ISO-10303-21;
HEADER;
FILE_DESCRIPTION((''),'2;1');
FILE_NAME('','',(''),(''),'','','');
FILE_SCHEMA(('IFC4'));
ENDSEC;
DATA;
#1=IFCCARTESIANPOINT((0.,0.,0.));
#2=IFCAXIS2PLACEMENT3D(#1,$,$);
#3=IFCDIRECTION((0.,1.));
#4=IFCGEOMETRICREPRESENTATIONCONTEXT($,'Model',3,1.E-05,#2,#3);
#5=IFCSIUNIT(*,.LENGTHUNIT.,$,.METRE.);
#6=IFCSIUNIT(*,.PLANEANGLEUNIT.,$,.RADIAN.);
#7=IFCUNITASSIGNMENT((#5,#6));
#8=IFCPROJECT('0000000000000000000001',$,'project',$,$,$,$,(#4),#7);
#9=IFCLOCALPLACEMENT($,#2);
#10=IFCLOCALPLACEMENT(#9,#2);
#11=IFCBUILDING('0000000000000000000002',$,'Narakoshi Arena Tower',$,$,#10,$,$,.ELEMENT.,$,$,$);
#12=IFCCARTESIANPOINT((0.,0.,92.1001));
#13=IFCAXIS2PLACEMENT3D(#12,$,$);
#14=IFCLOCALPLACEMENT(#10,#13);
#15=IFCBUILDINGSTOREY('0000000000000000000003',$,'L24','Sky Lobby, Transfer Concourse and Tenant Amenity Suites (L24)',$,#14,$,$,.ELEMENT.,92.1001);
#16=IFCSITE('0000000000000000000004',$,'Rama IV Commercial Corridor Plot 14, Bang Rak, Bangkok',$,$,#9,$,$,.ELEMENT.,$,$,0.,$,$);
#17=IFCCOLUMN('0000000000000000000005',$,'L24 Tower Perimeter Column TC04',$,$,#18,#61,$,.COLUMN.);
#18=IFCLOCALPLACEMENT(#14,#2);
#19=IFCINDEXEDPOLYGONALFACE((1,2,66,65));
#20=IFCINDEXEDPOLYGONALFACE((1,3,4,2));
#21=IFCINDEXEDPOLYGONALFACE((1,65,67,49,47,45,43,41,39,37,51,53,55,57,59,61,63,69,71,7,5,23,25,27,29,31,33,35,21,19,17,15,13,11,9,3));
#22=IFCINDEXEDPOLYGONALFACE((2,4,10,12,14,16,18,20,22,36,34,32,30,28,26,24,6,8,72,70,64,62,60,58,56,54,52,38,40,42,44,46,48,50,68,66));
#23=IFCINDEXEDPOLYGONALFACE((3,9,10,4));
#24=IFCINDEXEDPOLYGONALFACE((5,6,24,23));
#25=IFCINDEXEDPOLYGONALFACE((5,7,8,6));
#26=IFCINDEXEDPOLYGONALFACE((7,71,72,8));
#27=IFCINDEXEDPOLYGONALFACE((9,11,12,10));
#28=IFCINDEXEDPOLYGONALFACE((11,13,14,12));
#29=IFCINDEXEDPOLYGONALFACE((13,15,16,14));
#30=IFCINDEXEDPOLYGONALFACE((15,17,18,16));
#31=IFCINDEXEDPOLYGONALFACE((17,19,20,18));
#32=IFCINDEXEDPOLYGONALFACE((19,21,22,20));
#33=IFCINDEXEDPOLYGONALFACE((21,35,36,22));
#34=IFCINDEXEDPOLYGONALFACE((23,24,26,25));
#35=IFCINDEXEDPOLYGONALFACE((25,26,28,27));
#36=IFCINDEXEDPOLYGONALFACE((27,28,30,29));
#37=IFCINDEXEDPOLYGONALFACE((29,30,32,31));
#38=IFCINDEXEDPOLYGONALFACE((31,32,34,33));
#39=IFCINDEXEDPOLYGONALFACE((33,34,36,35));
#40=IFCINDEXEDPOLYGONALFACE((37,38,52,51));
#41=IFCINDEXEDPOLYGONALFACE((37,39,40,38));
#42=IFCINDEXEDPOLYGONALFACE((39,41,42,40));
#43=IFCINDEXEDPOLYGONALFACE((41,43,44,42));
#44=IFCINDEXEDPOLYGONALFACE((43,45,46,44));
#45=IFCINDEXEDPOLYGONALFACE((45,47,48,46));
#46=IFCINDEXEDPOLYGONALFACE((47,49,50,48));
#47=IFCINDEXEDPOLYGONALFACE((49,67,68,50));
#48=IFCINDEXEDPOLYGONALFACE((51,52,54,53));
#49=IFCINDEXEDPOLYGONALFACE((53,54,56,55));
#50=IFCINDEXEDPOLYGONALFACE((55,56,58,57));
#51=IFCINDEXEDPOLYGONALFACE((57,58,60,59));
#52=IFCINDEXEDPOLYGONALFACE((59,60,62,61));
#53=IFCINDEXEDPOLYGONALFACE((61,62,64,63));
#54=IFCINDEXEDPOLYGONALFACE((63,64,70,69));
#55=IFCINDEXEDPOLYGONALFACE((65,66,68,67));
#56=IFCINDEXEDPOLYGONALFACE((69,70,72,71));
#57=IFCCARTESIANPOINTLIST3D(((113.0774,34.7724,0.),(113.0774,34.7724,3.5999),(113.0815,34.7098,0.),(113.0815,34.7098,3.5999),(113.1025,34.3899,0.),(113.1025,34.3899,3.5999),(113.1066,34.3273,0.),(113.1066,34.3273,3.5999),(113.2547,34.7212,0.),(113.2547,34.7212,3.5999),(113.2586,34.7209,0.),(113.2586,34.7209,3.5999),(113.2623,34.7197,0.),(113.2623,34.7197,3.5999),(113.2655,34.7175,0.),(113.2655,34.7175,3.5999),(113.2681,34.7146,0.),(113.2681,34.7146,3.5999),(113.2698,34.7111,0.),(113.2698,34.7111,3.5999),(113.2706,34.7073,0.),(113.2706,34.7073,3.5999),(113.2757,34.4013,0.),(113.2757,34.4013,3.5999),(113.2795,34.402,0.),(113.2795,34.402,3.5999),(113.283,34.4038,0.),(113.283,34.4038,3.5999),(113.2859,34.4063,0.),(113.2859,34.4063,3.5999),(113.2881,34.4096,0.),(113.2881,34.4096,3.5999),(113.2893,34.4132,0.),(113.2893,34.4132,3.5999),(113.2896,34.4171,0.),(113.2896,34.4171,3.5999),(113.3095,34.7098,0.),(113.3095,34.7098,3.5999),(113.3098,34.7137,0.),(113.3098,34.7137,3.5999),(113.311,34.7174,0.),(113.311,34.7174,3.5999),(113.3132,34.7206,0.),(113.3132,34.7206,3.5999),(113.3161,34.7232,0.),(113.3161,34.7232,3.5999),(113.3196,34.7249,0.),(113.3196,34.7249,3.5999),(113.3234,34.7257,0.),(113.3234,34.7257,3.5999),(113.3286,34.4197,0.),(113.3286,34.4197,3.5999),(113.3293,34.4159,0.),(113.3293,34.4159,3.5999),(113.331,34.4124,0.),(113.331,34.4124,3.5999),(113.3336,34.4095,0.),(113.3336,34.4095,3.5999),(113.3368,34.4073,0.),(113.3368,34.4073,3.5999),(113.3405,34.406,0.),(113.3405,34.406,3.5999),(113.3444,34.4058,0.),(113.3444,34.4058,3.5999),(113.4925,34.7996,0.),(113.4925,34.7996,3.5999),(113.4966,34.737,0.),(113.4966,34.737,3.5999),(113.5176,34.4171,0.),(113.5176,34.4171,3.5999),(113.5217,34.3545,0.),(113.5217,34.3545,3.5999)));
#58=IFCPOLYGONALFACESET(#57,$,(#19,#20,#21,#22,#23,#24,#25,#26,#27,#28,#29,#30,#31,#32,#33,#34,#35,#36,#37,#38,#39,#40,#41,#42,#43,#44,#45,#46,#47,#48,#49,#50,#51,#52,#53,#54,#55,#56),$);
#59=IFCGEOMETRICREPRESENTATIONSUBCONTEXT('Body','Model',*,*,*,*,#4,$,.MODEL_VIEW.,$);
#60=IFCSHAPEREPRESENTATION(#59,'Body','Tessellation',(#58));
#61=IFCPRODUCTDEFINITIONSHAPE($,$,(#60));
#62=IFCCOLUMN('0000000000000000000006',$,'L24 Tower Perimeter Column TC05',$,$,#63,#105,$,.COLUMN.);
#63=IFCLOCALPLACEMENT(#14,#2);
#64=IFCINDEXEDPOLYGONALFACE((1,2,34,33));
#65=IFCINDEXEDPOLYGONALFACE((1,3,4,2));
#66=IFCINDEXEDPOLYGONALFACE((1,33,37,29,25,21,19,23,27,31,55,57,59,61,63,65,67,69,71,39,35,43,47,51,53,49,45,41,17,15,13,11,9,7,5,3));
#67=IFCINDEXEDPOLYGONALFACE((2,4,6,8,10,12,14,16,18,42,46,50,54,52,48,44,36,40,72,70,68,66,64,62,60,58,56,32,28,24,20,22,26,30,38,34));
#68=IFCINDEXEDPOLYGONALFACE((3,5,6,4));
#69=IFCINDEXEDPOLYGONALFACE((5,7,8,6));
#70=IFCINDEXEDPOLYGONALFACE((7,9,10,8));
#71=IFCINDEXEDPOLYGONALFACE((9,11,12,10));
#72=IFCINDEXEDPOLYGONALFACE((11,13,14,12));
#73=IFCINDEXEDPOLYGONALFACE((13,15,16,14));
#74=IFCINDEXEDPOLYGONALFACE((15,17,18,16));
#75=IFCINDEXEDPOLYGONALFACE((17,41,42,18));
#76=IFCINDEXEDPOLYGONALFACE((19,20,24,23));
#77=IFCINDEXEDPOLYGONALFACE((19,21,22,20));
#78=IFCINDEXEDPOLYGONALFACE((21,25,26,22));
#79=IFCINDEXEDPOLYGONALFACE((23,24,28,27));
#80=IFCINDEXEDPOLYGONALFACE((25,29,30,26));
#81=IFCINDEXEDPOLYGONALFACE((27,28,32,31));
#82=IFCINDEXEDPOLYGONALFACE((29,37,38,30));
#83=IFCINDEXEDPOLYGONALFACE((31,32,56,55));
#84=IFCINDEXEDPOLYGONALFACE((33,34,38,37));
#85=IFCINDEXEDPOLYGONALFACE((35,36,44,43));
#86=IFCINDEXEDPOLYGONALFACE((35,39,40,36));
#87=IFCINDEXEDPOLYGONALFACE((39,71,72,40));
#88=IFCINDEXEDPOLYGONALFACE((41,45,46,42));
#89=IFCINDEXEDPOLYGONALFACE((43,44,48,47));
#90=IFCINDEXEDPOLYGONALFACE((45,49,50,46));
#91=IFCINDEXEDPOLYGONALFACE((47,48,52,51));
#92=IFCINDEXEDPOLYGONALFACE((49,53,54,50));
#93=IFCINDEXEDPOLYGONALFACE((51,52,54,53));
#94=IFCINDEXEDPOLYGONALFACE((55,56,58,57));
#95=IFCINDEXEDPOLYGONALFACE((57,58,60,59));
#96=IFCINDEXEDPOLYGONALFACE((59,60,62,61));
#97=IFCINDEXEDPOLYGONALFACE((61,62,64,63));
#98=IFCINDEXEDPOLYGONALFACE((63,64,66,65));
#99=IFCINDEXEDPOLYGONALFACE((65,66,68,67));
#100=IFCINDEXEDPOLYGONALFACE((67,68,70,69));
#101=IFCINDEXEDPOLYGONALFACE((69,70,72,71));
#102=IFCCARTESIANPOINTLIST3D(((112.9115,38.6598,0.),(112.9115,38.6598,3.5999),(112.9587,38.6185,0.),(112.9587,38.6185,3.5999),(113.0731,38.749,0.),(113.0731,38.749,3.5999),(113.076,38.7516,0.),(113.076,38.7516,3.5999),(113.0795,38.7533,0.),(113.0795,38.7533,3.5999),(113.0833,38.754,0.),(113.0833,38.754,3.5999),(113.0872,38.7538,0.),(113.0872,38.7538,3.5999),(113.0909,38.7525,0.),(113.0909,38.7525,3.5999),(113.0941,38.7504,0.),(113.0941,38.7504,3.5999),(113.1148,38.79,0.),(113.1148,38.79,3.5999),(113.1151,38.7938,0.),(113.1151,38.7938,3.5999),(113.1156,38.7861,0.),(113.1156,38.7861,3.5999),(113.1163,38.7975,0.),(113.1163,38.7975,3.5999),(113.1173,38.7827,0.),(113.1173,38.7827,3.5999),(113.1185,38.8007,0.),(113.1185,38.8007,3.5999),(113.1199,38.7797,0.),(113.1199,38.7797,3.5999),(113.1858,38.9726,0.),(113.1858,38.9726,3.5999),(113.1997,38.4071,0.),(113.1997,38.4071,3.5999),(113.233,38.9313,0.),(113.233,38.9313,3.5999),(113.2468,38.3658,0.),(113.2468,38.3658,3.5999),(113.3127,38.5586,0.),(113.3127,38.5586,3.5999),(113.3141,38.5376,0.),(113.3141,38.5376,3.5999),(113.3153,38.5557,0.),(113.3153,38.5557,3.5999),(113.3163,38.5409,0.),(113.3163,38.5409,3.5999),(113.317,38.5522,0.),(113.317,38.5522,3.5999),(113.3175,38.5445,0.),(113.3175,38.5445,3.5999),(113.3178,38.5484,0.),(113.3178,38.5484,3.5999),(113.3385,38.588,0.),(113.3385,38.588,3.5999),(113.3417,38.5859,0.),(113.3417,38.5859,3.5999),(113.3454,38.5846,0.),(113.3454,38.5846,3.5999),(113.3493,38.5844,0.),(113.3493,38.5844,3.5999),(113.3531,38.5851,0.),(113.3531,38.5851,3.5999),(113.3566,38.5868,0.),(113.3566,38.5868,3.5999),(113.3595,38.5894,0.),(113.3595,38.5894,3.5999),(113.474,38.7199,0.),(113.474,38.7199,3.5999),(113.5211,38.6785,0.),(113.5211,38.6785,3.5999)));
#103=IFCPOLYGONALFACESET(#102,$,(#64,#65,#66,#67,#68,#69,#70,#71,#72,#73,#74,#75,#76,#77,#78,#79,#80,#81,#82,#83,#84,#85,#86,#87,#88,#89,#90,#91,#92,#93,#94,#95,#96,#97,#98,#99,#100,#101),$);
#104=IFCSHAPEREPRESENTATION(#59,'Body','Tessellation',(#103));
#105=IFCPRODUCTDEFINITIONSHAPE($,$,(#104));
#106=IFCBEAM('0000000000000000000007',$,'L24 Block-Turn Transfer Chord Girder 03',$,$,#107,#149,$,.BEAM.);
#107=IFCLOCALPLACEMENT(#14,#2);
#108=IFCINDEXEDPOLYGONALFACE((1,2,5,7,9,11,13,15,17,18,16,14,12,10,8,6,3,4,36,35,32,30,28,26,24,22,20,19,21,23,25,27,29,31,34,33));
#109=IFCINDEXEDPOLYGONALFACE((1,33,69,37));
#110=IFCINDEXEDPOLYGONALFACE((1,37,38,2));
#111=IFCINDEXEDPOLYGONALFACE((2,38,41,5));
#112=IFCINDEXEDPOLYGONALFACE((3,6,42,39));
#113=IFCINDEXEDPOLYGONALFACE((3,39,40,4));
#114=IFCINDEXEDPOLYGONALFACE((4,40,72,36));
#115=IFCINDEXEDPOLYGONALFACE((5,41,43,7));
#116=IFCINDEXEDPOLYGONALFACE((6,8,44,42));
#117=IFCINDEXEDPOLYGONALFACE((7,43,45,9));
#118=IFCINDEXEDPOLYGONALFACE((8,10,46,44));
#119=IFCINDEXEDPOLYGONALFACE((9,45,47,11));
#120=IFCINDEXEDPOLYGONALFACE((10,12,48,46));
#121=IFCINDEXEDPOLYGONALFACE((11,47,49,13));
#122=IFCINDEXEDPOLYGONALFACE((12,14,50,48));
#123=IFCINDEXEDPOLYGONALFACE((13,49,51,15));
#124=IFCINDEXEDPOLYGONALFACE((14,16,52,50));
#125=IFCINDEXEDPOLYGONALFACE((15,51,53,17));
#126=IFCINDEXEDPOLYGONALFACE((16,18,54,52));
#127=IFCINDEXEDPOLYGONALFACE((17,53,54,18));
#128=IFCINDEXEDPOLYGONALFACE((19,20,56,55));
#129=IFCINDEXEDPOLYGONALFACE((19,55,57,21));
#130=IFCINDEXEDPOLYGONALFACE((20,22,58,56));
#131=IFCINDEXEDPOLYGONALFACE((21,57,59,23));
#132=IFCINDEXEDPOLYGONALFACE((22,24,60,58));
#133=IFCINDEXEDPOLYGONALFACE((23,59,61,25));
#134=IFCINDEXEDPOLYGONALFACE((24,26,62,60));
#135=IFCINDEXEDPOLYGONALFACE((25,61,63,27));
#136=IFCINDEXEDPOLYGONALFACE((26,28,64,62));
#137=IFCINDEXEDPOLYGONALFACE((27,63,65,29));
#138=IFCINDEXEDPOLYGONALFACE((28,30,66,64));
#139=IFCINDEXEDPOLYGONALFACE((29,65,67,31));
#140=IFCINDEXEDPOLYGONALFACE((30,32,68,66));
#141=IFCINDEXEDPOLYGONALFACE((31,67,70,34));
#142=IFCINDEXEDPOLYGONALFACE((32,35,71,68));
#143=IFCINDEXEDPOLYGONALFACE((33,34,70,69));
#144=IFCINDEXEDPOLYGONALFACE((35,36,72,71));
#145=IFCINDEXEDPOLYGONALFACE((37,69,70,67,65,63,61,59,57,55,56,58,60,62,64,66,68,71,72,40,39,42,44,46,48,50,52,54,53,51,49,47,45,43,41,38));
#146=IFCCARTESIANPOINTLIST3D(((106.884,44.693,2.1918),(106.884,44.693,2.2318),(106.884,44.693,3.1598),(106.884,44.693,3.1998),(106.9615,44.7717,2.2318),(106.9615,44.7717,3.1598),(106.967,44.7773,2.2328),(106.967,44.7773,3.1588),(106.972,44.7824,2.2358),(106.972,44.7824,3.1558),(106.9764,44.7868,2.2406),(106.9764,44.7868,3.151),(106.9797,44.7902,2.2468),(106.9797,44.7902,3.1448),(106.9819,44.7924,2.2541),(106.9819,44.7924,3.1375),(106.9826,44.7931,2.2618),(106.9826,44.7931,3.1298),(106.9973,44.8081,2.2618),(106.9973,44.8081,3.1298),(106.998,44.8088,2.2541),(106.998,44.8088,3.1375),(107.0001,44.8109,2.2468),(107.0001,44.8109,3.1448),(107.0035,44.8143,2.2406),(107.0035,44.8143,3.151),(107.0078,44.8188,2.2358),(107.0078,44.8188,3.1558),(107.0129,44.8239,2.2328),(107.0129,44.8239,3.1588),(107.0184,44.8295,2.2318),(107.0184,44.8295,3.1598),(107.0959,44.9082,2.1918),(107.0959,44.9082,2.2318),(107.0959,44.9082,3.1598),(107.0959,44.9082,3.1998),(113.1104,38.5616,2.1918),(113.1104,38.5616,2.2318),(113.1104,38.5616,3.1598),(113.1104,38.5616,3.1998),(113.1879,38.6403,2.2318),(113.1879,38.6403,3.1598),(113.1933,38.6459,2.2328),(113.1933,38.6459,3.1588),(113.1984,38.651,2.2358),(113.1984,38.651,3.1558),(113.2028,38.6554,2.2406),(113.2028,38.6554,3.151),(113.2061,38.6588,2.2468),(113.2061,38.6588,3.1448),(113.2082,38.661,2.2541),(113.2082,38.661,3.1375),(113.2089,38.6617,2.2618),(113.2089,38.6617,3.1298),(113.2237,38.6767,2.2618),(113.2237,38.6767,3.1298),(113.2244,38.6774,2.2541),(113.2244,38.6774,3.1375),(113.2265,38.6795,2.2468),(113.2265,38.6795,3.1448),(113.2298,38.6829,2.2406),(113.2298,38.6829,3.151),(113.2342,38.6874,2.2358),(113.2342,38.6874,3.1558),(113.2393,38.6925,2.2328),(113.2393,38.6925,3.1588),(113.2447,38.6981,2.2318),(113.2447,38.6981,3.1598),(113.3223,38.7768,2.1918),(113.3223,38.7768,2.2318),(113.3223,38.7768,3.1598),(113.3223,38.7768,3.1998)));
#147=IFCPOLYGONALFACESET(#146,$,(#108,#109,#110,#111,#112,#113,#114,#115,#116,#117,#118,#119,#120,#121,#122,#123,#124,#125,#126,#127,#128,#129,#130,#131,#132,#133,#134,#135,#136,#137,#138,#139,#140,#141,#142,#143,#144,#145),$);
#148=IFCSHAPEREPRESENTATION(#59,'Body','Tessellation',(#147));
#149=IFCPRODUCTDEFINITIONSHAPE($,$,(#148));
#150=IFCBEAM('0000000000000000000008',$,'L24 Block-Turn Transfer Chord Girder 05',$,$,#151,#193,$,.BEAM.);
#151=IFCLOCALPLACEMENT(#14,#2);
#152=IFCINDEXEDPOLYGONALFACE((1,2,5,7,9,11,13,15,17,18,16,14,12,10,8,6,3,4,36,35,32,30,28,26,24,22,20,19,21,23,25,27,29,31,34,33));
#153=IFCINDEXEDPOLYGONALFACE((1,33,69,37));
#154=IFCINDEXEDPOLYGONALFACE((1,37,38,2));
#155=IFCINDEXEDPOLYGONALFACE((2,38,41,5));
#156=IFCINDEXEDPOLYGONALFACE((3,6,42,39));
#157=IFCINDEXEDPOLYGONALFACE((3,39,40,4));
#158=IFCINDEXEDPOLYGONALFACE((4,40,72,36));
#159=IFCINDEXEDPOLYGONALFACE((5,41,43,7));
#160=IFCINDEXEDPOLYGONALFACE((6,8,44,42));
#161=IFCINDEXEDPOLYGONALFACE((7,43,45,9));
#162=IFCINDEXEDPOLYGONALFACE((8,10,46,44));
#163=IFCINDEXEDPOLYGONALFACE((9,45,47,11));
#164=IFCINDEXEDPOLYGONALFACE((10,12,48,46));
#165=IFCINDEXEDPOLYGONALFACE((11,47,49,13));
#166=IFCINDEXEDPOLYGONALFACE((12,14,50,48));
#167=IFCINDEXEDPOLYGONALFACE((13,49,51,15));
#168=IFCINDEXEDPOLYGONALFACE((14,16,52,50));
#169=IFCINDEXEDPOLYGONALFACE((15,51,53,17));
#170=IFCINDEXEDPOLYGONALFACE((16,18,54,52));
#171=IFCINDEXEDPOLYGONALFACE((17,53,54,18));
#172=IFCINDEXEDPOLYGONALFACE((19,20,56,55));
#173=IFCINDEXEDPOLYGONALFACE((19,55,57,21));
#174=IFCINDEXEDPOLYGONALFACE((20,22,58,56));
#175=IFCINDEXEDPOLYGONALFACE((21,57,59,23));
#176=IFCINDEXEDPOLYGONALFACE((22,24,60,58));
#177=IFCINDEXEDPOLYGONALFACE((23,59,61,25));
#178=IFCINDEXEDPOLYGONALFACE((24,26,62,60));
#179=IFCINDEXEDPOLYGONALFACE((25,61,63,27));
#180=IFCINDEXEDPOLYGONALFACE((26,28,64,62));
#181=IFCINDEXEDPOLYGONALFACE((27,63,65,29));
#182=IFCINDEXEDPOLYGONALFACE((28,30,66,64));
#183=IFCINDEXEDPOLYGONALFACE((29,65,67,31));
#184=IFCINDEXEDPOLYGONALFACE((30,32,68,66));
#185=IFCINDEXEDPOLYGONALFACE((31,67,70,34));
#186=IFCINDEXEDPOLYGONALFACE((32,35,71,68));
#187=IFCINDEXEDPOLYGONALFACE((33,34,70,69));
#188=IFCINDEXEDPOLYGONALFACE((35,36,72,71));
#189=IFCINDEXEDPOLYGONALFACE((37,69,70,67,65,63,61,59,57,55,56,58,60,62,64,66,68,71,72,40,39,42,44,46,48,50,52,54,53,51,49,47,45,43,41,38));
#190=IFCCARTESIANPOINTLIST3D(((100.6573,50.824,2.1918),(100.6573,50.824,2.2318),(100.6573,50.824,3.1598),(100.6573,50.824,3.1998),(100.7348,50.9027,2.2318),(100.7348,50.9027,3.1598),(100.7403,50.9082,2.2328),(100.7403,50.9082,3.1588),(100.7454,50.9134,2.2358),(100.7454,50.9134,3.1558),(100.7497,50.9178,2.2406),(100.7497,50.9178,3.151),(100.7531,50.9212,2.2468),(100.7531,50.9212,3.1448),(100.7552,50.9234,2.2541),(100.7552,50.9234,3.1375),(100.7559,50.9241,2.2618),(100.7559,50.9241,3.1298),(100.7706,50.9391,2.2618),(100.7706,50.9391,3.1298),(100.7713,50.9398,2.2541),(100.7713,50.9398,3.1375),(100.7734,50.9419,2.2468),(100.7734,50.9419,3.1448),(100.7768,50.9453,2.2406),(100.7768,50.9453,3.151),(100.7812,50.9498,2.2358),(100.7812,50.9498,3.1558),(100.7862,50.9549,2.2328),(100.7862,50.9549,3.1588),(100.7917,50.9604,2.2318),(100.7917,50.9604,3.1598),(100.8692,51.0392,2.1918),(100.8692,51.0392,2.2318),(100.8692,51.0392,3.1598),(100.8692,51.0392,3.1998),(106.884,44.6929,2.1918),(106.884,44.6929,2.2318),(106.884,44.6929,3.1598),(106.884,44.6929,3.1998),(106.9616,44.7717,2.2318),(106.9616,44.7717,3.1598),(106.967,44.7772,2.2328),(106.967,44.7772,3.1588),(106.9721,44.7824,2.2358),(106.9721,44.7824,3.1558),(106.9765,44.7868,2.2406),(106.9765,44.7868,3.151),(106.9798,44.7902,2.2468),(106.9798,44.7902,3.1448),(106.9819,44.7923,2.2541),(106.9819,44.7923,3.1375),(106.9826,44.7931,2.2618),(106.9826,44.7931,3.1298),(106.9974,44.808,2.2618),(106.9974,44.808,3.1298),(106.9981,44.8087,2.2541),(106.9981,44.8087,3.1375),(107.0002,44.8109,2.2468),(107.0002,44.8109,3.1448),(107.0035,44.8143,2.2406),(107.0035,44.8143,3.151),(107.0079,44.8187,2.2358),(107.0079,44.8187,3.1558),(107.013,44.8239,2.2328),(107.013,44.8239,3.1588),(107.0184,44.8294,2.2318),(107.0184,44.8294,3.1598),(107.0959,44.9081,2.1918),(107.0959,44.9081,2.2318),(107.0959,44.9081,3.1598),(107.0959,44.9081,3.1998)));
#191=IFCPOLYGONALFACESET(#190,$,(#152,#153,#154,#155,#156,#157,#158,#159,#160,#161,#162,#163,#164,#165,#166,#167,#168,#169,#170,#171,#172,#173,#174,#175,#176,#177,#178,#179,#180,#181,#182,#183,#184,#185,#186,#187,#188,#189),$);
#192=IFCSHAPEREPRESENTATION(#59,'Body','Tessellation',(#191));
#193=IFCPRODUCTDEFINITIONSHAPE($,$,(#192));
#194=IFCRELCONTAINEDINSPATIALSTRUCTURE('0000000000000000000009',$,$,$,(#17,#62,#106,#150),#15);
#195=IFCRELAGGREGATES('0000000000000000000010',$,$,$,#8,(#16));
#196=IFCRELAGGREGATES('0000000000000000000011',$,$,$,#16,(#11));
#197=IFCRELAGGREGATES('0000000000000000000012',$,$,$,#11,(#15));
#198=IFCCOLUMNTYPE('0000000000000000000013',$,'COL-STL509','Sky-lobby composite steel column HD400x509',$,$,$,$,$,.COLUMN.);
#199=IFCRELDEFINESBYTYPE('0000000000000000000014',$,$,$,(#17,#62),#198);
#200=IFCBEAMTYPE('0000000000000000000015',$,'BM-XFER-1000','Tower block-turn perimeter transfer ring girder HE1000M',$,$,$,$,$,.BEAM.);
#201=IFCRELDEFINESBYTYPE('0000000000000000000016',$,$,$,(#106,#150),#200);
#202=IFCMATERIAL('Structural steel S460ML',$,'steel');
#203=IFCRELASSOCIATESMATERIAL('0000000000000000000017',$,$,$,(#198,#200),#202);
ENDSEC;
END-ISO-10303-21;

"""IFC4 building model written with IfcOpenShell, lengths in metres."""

from ifc_helpers import new_model, si_unit, direction, frame, origin, origin_2d, place, context, subcontext, project, spatial, i_section, extrude, material, material_profile, profile_set, type_object, element, save


model = new_model("IFC4")

# Units and contexts
model_context = context("Model", 3, precision=1e-05, world=origin(), true_north=direction((0.0, 1.0)))
body_context = subcontext(model_context, "Body", "Model", "MODEL_VIEW")
ifc_project = project(units=[si_unit("LENGTHUNIT", "METRE"), si_unit("PLANEANGLEUNIT", "RADIAN")], contexts=[model_context])

# Site, building, storey
site_placement = place(None, origin())
site = spatial("IfcSite", under=ifc_project, at=site_placement, Name="Rama IV Commercial Corridor Plot 14, Bang Rak, Bangkok", CompositionType="ELEMENT", RefElevation=0.0)
building_placement = place(site_placement, origin())
building = spatial("IfcBuilding", under=site, at=building_placement, Name="Narakoshi Arena Tower", CompositionType="ELEMENT")
storey_placement = place(building_placement, frame((0.0, 0.0, 92.1001)))
storey = spatial("IfcBuildingStorey", under=building, at=storey_placement, Name="L24", Description="Sky Lobby, Transfer Concourse and Tenant Amenity Suites (L24)", CompositionType="ELEMENT", Elevation=92.1001)

# Columns
ifc_material_1 = material(Name="Structural steel S460ML", Category="steel")
ifc_material_profile_1 = material_profile(ifc_material_1, i_section(OverallWidth=0.416, OverallDepth=0.446, WebThickness=0.0391, FlangeThickness=0.0627, FilletRadius=0.0149, at=origin_2d()), Name="HD400x509")
ifc_profile_set_1 = profile_set([ifc_material_profile_1], Name="Structural steel S460ML")
column_type = type_object("IfcColumnType", Name="COL-STL509", Description="Sky-lobby composite steel column HD400x509", PredefinedType="COLUMN", material=ifc_profile_set_1)
for number, where, z_axis, x_axis, name in (
    (1, (113.2996, 34.5635, 0.0), (0.0, 0.0, 1.0), (0.997859, 0.065403, 0.0), "L24 Tower Perimeter Column TC04"),
    (2, (113.2163, 38.6692, 0.0), (0.0, 0.0, 1.0), (0.659346, 0.75184, 0.0), "L24 Tower Perimeter Column TC05"),
):
    element("IfcColumn", number, at=place(storey_placement, frame(where, z_axis=z_axis, x_axis=x_axis)), inside=storey, type_object=column_type, Name=name, PredefinedType="COLUMN", context=body_context, shape_type="SweptSolid", body=[
        extrude(i_section(OverallWidth=0.416, OverallDepth=0.446, WebThickness=0.0391, FlangeThickness=0.0627, FilletRadius=0.0149, at=origin_2d()), origin(), (0.0, 0.0, 1.0), 3.5999),
    ])

# Beams
ifc_material_profile_2 = material_profile(ifc_material_1, i_section(OverallWidth=0.302, OverallDepth=1.0081, WebThickness=0.021, FlangeThickness=0.04, FilletRadius=0.03, at=origin_2d()), Name="HE1000M")
ifc_profile_set_2 = profile_set([ifc_material_profile_2], Name="Structural steel S460ML")
beam_type = type_object("IfcBeamType", Name="BM-XFER-1000", Description="Tower block-turn perimeter transfer ring girder HE1000M", PredefinedType="BEAM", material=ifc_profile_set_2)
for number, where, z_axis, x_axis, name in (
    (3, (113.2163, 38.6692, 2.6958), (-0.71252, 0.701652, 0.0), (-0.701652, -0.71252, 0.0), "L24 Block-Turn Transfer Chord Girder 03"),
    (4, (106.99, 44.8005, 2.6958), (-0.712561, 0.70161, 0.0), (-0.70161, -0.712561, 0.0), "L24 Block-Turn Transfer Chord Girder 05"),
):
    element("IfcBeam", number, at=place(storey_placement, frame(where, z_axis=z_axis, x_axis=x_axis)), inside=storey, type_object=beam_type, Name=name, PredefinedType="BEAM", context=body_context, shape_type="SweptSolid", body=[
        extrude(i_section(OverallWidth=0.302, OverallDepth=1.0081, WebThickness=0.021, FlangeThickness=0.04, FilletRadius=0.03, at=origin_2d()), origin(), (0.0, 0.0, 1.0), 8.7385),
    ])

save(model, "model.ifc")
